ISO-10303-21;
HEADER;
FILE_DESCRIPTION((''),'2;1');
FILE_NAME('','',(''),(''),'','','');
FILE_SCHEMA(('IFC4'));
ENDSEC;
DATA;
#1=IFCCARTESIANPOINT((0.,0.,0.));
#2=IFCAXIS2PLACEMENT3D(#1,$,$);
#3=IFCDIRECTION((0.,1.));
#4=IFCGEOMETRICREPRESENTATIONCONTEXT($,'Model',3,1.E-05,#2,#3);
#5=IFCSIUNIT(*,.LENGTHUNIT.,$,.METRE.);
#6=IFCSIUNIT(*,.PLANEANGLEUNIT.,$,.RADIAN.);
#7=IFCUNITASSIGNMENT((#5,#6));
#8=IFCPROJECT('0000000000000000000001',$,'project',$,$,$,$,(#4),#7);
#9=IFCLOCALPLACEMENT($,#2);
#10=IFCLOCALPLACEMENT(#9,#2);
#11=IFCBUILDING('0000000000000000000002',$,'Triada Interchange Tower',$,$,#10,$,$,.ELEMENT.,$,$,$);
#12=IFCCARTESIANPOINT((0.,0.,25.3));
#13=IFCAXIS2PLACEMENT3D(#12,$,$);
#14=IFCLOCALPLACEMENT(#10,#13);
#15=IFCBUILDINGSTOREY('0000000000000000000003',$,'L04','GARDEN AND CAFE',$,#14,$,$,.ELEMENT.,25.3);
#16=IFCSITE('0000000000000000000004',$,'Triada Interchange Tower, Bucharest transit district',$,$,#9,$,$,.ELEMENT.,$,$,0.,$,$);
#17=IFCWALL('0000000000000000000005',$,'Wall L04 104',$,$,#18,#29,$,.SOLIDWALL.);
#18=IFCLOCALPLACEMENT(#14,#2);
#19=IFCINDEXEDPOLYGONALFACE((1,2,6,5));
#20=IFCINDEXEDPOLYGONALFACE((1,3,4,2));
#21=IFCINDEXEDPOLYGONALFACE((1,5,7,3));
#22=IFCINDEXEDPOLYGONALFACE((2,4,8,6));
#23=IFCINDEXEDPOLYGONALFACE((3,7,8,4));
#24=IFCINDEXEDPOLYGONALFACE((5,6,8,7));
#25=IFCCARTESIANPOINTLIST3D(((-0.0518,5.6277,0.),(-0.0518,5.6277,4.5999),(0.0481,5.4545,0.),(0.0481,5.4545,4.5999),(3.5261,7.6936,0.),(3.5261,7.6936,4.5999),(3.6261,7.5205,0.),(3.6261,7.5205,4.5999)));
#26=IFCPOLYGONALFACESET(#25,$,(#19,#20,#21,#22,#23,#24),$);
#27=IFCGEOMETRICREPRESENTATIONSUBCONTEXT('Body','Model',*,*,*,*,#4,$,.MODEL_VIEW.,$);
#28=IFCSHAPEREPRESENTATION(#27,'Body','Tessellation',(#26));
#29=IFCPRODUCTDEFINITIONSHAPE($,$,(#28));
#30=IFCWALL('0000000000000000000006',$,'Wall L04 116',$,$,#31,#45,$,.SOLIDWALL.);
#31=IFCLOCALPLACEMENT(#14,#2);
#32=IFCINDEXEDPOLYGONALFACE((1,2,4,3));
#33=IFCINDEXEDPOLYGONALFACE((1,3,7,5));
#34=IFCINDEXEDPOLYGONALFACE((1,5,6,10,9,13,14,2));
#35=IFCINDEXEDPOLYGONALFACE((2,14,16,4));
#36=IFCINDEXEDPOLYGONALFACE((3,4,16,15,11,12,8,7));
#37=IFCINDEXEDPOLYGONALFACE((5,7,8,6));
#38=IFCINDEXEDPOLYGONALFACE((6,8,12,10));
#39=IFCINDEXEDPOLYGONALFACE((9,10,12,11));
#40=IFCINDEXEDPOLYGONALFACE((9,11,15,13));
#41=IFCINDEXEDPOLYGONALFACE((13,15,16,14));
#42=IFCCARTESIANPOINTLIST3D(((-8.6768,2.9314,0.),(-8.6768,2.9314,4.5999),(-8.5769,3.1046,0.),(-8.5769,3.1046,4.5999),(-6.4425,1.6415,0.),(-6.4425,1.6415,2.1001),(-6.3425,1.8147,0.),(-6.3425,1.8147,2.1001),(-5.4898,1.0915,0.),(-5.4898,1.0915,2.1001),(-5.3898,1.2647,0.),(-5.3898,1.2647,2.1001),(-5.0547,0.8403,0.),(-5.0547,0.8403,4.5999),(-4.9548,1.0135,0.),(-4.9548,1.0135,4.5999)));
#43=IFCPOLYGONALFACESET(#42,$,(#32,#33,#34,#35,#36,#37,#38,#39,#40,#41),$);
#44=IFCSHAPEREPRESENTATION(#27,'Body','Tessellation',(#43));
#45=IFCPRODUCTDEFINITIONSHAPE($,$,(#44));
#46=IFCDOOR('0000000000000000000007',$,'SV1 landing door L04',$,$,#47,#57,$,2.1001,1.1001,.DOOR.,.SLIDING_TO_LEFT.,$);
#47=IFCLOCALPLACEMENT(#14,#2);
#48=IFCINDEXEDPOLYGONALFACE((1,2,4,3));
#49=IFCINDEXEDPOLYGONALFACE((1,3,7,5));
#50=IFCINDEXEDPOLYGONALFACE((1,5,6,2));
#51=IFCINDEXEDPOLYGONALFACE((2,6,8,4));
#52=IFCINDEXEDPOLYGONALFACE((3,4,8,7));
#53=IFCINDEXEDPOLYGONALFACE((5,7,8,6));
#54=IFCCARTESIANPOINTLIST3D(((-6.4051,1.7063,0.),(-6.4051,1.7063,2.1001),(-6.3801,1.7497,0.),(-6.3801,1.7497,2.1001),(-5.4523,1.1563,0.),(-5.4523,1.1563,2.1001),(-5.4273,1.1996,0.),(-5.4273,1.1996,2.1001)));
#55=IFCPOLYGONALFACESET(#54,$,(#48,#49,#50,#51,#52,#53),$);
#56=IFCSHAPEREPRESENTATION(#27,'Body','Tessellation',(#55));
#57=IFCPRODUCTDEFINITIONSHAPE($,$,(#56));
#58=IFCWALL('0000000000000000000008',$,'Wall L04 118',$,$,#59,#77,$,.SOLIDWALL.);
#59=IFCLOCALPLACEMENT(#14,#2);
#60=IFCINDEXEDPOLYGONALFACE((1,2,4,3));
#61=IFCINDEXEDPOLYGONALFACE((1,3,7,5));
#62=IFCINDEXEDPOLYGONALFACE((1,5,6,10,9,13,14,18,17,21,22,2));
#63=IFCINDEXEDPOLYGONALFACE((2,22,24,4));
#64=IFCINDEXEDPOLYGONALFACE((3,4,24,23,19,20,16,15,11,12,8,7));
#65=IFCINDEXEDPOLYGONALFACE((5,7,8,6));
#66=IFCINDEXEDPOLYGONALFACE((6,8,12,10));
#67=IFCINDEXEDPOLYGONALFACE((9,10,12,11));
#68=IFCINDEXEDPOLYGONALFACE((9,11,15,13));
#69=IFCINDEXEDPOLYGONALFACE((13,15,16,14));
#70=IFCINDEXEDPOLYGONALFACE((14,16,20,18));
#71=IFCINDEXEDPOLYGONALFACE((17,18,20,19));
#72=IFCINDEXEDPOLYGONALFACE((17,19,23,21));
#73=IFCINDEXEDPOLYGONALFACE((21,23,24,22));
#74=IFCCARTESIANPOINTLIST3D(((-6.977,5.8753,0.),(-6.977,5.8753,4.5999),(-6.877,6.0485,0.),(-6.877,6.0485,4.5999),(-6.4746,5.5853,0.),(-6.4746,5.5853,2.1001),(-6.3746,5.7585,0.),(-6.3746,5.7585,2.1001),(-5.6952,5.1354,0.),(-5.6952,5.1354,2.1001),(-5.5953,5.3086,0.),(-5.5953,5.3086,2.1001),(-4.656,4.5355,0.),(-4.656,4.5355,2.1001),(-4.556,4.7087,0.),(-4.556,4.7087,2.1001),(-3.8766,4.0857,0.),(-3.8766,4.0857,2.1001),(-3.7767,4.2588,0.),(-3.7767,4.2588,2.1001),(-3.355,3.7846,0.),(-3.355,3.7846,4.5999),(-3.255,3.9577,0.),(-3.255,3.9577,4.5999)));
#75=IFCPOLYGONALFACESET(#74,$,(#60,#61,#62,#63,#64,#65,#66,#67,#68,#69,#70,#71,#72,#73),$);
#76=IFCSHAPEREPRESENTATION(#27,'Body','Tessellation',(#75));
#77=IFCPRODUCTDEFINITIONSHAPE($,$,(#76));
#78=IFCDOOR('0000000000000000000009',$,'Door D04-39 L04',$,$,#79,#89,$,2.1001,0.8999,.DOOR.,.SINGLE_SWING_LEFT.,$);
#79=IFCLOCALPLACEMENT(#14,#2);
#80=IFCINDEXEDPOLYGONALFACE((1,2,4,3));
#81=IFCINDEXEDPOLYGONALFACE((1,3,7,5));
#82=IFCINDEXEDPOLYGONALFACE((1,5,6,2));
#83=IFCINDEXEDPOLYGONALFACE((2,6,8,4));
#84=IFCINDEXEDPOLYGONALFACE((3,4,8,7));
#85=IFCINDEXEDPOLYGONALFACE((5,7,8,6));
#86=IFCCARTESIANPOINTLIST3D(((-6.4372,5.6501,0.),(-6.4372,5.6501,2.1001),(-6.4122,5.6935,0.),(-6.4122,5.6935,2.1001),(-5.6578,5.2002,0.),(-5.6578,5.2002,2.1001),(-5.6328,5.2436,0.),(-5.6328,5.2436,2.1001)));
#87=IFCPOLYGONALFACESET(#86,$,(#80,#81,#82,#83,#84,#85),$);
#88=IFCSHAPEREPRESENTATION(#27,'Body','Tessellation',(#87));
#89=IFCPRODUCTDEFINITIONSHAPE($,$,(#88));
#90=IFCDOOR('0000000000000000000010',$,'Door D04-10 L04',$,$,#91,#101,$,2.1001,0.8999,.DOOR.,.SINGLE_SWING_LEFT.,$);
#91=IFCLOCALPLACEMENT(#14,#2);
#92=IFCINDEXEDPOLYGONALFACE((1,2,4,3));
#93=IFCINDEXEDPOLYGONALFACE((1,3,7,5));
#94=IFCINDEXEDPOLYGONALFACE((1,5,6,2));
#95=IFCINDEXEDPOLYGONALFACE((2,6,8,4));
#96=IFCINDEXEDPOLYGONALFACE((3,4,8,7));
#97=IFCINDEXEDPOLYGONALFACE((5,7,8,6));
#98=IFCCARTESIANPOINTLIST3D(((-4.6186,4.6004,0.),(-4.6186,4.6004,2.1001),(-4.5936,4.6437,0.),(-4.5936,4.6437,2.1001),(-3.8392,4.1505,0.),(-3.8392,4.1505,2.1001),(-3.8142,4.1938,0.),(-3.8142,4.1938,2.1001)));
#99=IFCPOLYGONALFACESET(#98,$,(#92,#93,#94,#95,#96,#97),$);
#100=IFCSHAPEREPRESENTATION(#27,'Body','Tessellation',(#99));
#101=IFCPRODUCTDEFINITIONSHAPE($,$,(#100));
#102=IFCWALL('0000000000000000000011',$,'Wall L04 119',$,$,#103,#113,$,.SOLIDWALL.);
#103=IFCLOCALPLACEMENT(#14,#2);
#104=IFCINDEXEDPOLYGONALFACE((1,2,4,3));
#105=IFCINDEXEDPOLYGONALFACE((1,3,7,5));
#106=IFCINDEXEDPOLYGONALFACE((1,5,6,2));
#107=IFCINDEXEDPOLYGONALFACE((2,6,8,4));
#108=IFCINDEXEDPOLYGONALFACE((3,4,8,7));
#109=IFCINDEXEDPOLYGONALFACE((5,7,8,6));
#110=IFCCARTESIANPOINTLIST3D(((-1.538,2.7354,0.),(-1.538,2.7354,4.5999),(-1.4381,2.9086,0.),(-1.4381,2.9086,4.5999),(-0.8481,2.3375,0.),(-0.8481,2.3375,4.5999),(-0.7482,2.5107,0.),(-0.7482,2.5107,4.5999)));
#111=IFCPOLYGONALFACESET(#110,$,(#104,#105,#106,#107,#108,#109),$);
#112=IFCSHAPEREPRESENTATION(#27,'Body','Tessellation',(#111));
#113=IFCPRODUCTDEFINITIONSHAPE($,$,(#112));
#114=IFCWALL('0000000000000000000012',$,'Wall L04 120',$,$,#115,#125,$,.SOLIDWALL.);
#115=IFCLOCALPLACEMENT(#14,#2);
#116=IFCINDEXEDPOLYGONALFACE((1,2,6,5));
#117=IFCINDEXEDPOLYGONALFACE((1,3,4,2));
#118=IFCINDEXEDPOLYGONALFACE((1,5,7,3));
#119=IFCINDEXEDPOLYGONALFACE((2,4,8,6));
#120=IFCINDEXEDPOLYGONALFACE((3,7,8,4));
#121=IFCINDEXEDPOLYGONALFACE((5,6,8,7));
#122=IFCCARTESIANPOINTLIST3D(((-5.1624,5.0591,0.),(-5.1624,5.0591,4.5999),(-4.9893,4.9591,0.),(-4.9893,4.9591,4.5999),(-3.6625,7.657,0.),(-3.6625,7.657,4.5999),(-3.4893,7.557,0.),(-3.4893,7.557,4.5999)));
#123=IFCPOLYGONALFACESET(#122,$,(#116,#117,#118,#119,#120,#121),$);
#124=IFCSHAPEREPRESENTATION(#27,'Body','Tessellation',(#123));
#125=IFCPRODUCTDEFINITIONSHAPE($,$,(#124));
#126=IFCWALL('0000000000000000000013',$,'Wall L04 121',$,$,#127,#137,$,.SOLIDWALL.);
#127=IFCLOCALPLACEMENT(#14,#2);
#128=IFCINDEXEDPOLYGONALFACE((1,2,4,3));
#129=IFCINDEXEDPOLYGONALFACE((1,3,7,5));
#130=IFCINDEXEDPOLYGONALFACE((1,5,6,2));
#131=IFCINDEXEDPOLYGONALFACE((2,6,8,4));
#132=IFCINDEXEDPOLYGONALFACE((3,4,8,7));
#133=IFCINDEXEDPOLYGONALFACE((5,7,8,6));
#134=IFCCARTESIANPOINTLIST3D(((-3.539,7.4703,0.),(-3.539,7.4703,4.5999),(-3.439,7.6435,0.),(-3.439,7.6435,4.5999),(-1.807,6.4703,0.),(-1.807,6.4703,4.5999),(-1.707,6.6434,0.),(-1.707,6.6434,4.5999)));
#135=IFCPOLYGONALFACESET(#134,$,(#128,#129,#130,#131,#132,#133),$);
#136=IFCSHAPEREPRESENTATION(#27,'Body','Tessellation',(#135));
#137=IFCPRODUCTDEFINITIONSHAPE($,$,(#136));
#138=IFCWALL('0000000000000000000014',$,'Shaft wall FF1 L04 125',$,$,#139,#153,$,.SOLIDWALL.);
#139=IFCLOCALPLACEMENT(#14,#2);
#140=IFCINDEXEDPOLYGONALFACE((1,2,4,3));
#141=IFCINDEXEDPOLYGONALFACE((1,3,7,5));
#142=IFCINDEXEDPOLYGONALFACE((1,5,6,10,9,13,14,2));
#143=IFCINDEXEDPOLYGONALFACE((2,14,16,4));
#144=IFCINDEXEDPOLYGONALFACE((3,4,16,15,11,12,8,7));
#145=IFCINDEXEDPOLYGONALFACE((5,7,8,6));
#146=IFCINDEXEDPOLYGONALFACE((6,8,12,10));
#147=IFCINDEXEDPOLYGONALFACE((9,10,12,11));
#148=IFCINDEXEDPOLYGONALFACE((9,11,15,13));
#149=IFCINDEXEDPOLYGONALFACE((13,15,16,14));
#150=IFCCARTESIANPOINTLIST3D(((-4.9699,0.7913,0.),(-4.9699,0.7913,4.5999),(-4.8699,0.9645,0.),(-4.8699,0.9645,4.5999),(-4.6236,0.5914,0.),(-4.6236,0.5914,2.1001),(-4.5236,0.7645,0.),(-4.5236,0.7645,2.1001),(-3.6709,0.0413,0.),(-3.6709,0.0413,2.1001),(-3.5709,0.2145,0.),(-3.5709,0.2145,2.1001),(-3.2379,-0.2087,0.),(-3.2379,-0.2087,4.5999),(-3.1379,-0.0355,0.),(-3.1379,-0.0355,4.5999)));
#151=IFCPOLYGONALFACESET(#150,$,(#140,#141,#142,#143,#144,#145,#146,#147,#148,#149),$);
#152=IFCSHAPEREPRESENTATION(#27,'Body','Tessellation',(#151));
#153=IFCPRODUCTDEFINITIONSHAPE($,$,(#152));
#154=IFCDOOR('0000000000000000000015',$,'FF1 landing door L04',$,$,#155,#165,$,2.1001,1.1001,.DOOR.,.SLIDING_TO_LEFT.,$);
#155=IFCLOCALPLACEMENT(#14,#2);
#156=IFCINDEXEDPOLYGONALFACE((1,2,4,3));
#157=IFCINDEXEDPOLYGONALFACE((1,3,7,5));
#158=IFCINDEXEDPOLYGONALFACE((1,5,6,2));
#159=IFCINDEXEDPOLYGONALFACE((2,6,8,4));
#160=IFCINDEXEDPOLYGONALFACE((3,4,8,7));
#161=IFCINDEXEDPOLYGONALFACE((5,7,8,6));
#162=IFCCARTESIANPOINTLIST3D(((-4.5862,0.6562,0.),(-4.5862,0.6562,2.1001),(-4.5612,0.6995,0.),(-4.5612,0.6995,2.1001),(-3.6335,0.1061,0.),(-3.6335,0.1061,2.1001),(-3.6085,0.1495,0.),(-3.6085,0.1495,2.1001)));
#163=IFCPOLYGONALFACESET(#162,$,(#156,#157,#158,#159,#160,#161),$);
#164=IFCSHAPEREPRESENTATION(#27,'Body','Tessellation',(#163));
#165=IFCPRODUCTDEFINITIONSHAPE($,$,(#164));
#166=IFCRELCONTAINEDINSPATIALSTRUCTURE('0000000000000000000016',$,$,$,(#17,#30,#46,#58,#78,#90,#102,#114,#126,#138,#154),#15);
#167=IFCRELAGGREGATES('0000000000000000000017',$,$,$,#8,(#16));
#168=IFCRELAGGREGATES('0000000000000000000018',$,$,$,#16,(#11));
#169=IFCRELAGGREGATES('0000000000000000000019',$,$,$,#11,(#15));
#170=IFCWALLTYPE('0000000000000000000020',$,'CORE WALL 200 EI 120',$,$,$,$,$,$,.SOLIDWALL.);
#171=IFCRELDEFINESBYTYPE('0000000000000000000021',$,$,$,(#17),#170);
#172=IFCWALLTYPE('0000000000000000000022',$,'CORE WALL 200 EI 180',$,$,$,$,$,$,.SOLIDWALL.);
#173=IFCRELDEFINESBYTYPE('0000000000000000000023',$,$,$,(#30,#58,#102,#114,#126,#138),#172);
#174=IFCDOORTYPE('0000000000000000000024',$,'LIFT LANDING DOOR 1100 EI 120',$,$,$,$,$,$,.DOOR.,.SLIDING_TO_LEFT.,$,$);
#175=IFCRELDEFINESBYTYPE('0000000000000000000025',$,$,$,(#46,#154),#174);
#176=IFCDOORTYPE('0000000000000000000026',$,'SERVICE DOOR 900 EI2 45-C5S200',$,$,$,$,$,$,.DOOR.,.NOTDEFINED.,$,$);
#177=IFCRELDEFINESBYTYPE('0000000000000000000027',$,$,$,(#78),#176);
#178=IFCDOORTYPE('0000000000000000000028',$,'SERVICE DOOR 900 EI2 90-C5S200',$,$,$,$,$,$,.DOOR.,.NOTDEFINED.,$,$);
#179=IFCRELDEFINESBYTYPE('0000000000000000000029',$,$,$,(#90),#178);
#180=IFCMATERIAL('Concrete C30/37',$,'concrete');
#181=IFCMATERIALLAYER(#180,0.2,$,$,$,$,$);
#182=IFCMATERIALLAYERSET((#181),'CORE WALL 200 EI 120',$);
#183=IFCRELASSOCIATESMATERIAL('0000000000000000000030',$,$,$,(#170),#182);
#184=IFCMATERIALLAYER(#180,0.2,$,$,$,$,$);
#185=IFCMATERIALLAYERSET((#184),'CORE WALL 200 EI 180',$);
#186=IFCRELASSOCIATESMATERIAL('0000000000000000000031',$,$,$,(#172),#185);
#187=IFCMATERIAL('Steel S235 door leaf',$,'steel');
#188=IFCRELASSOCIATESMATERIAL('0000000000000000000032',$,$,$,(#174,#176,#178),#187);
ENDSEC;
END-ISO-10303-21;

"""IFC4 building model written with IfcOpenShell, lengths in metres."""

from ifc_helpers import new_model, si_unit, direction, frame, frame_2d, origin, place, context, subcontext, project, spatial, rectangle, extrude, material, layer, layer_set, type_object, element, fill, save


model = new_model("IFC4")

# Units and contexts
model_context = context("Model", 3, precision=1e-05, world=origin(), true_north=direction((0.0, 1.0)))
body_context = subcontext(model_context, "Body", "Model", "MODEL_VIEW")
ifc_project = project(units=[si_unit("LENGTHUNIT", "METRE"), si_unit("PLANEANGLEUNIT", "RADIAN")], contexts=[model_context])

# Site, building, storey
site_placement = place(None, origin())
site = spatial("IfcSite", under=ifc_project, at=site_placement, Name="Triada Interchange Tower, Bucharest transit district", CompositionType="ELEMENT", RefElevation=0.0)
building_placement = place(site_placement, origin())
building = spatial("IfcBuilding", under=site, at=building_placement, Name="Triada Interchange Tower", CompositionType="ELEMENT")
storey_placement = place(building_placement, frame((0.0, 0.0, 25.3)))
storey = spatial("IfcBuildingStorey", under=building, at=storey_placement, Name="L04", Description="GARDEN AND CAFE", CompositionType="ELEMENT", Elevation=25.3)

# Wall
ifc_material_1 = material(Name="Concrete C30/37", Category="concrete")
ifc_layer_1 = layer(ifc_material_1, 0.2)
ifc_layer_set_1 = layer_set([ifc_layer_1], Name="CORE WALL 200 EI 120")
wall_type_1 = type_object("IfcWallType", Name="CORE WALL 200 EI 120", PredefinedType="SOLIDWALL", material=ifc_layer_set_1)
wall_1_placement = place(storey_placement, frame((-0.002, 5.541, 0.0), z_axis=(0.0, 0.0, 1.0), x_axis=(0.866002, 0.500041, 0.0)))
element("IfcWall", 1, at=wall_1_placement, inside=storey, type_object=wall_type_1, Name="Wall L04 104", PredefinedType="SOLIDWALL", context=body_context, shape_type="SweptSolid", body=[
    extrude(rectangle(XDim=4.1316, YDim=0.2, at=frame_2d((2.0659, 0.0))), origin(), (0.0, 0.0, 1.0), 4.5999),
])

# Wall, opening, door
ifc_layer_2 = layer(ifc_material_1, 0.2)
ifc_layer_set_2 = layer_set([ifc_layer_2], Name="CORE WALL 200 EI 180")
wall_type_2 = type_object("IfcWallType", Name="CORE WALL 200 EI 180", PredefinedType="SOLIDWALL", material=ifc_layer_set_2)
wall_2_placement = place(storey_placement, frame((-8.627, 3.0181, 0.0), z_axis=(0.0, 0.0, 1.0), x_axis=(0.86604, -0.499975, 0.0)))
wall_2 = element("IfcWall", 2, at=wall_2_placement, inside=storey, type_object=wall_type_2, Name="Wall L04 116", PredefinedType="SOLIDWALL", context=body_context, shape_type="SweptSolid", body=[
    extrude(rectangle(XDim=4.1824, YDim=0.2, at=frame_2d((2.0913, 0.0))), origin(), (0.0, 0.0, 1.0), 4.5999),
])
opening_1_placement = place(wall_2_placement, frame((2.5801, 0.0, 0.0)))
opening_1 = element("IfcOpeningElement", 3, at=opening_1_placement, cuts=wall_2, PredefinedType="OPENING", context=body_context, shape_type="SweptSolid", body=[
    extrude(rectangle(XDim=1.1001, YDim=2.1001, at=frame_2d((0.55, 1.05))), frame((0.0, 0.1099, 0.0), z_axis=(0.0, -1.0, 0.0), x_axis=(1.0, 0.0, 0.0)), (0.0, 0.0, 1.0), 0.22),
])
ifc_material_2 = material(Name="Steel S235 door leaf", Category="steel")
door_type_1 = type_object("IfcDoorType", Name="LIFT LANDING DOOR 1100 EI 120", OperationType="SLIDING_TO_LEFT", PredefinedType="DOOR", material=ifc_material_2)
door_1_placement = place(opening_1_placement, origin())
door_1 = element("IfcDoor", 4, at=door_1_placement, inside=storey, type_object=door_type_1, Name="SV1 landing door L04", OperationType="SLIDING_TO_LEFT", OverallHeight=2.1001, OverallWidth=1.1001, PredefinedType="DOOR", context=body_context, shape_type="SweptSolid", body=[
    extrude(rectangle(XDim=1.1001, YDim=2.1001, at=frame_2d((0.55, 1.05))), frame((0.0, 0.0249, 0.0), z_axis=(0.0, -1.0, 0.0), x_axis=(1.0, 0.0, 0.0)), (0.0, 0.0, 1.0), 0.05),
])
fill(opening_1, door_1)

# Wall, openings, doors
wall_3_placement = place(storey_placement, frame((-6.927, 5.9619, 0.0), z_axis=(0.0, 0.0, 1.0), x_axis=(0.866065, -0.499931, 0.0)))
wall_3 = element("IfcWall", 5, at=wall_3_placement, inside=storey, type_object=wall_type_2, Name="Wall L04 118", PredefinedType="SOLIDWALL", context=body_context, shape_type="SweptSolid", body=[
    extrude(rectangle(XDim=4.1821, YDim=0.2, at=frame_2d((2.0911, 0.0))), origin(), (0.0, 0.0, 1.0), 4.5999),
])
opening_2_placement = place(wall_3_placement, frame((2.6799, 0.0, 0.0)))
opening_2 = element("IfcOpeningElement", 6, at=opening_2_placement, cuts=wall_3, PredefinedType="OPENING", context=body_context, shape_type="SweptSolid", body=[
    extrude(rectangle(XDim=0.8999, YDim=2.1001, at=frame_2d((0.45, 1.05))), frame((0.0, 0.1099, 0.0), z_axis=(0.0, -1.0, 0.0), x_axis=(1.0, 0.0, 0.0)), (0.0, 0.0, 1.0), 0.22),
])
opening_3_placement = place(wall_3_placement, frame((0.5801, 0.0, 0.0)))
opening_3 = element("IfcOpeningElement", 7, at=opening_3_placement, cuts=wall_3, PredefinedType="OPENING", context=body_context, shape_type="SweptSolid", body=[
    extrude(rectangle(XDim=0.8999, YDim=2.1001, at=frame_2d((0.45, 1.05))), frame((0.0, 0.1099, 0.0), z_axis=(0.0, -1.0, 0.0), x_axis=(1.0, 0.0, 0.0)), (0.0, 0.0, 1.0), 0.22),
])
door_type_2 = type_object("IfcDoorType", Name="SERVICE DOOR 900 EI2 45-C5S200", OperationType="NOTDEFINED", PredefinedType="DOOR", material=ifc_material_2)
door_2_placement = place(opening_3_placement, origin())
door_2 = element("IfcDoor", 8, at=door_2_placement, inside=storey, type_object=door_type_2, Name="Door D04-39 L04", OperationType="SINGLE_SWING_LEFT", OverallHeight=2.1001, OverallWidth=0.8999, PredefinedType="DOOR", context=body_context, shape_type="SweptSolid", body=[
    extrude(rectangle(XDim=0.8999, YDim=2.1001, at=frame_2d((0.45, 1.05))), frame((0.0, 0.0249, 0.0), z_axis=(0.0, -1.0, 0.0), x_axis=(1.0, 0.0, 0.0)), (0.0, 0.0, 1.0), 0.05),
])
fill(opening_3, door_2)
door_type_3 = type_object("IfcDoorType", Name="SERVICE DOOR 900 EI2 90-C5S200", OperationType="NOTDEFINED", PredefinedType="DOOR", material=ifc_material_2)
door_3_placement = place(opening_2_placement, origin())
door_3 = element("IfcDoor", 9, at=door_3_placement, inside=storey, type_object=door_type_3, Name="Door D04-10 L04", OperationType="SINGLE_SWING_LEFT", OverallHeight=2.1001, OverallWidth=0.8999, PredefinedType="DOOR", context=body_context, shape_type="SweptSolid", body=[
    extrude(rectangle(XDim=0.8999, YDim=2.1001, at=frame_2d((0.45, 1.05))), frame((0.0, 0.0249, 0.0), z_axis=(0.0, -1.0, 0.0), x_axis=(1.0, 0.0, 0.0)), (0.0, 0.0, 1.0), 0.05),
])
fill(opening_2, door_3)

# Walls
wall_4_placement = place(storey_placement, frame((-1.488, 2.822, 0.0), z_axis=(0.0, 0.0, 1.0), x_axis=(0.866237, -0.499634, 0.0)))
element("IfcWall", 10, at=wall_4_placement, inside=storey, type_object=wall_type_2, Name="Wall L04 119", PredefinedType="SOLIDWALL", context=body_context, shape_type="SweptSolid", body=[
    extrude(rectangle(XDim=0.7964, YDim=0.2, at=frame_2d((0.3982, 0.0))), origin(), (0.0, 0.0, 1.0), 4.5999),
])
wall_5_placement = place(storey_placement, frame((-5.0759, 5.009, 0.0), z_axis=(0.0, 0.0, 1.0), x_axis=(0.500025, 0.866011, 0.0)))
element("IfcWall", 11, at=wall_5_placement, inside=storey, type_object=wall_type_2, Name="Wall L04 120", PredefinedType="SOLIDWALL", context=body_context, shape_type="SweptSolid", body=[
    extrude(rectangle(XDim=2.9998, YDim=0.2, at=frame_2d((1.5, 0.0))), origin(), (0.0, 0.0, 1.0), 4.5999),
])
wall_6_placement = place(storey_placement, frame((-3.489, 7.5569, 0.0), z_axis=(0.0, 0.0, 1.0), x_axis=(0.866011, -0.500025, 0.0)))
element("IfcWall", 12, at=wall_6_placement, inside=storey, type_object=wall_type_2, Name="Wall L04 121", PredefinedType="SOLIDWALL", context=body_context, shape_type="SweptSolid", body=[
    extrude(rectangle(XDim=2.0, YDim=0.2, at=frame_2d((1.0, 0.0))), origin(), (0.0, 0.0, 1.0), 4.5999),
])

# Wall, opening, door
wall_7_placement = place(storey_placement, frame((-4.9199, 0.8779, 0.0), z_axis=(0.0, 0.0, 1.0), x_axis=(0.866011, -0.500025, 0.0)))
wall_7 = element("IfcWall", 13, at=wall_7_placement, inside=storey, type_object=wall_type_2, Name="Shaft wall FF1 L04 125", PredefinedType="SOLIDWALL", context=body_context, shape_type="SweptSolid", body=[
    extrude(rectangle(XDim=2.0, YDim=0.2, at=frame_2d((1.0, 0.0))), origin(), (0.0, 0.0, 1.0), 4.5999),
])
opening_4_placement = place(wall_7_placement, frame((0.3999, 0.0, 0.0)))
opening_4 = element("IfcOpeningElement", 14, at=opening_4_placement, cuts=wall_7, PredefinedType="OPENING", context=body_context, shape_type="SweptSolid", body=[
    extrude(rectangle(XDim=1.1001, YDim=2.1001, at=frame_2d((0.55, 1.05))), frame((0.0, 0.1099, 0.0), z_axis=(0.0, -1.0, 0.0), x_axis=(1.0, 0.0, 0.0)), (0.0, 0.0, 1.0), 0.22),
])
door_4_placement = place(opening_4_placement, origin())
door_4 = element("IfcDoor", 15, at=door_4_placement, inside=storey, type_object=door_type_1, Name="FF1 landing door L04", OperationType="SLIDING_TO_LEFT", OverallHeight=2.1001, OverallWidth=1.1001, PredefinedType="DOOR", context=body_context, shape_type="SweptSolid", body=[
    extrude(rectangle(XDim=1.1001, YDim=2.1001, at=frame_2d((0.55, 1.05))), frame((0.0, 0.0249, 0.0), z_axis=(0.0, -1.0, 0.0), x_axis=(1.0, 0.0, 0.0)), (0.0, 0.0, 1.0), 0.05),
])
fill(opening_4, door_4)

save(model, "model.ifc")
